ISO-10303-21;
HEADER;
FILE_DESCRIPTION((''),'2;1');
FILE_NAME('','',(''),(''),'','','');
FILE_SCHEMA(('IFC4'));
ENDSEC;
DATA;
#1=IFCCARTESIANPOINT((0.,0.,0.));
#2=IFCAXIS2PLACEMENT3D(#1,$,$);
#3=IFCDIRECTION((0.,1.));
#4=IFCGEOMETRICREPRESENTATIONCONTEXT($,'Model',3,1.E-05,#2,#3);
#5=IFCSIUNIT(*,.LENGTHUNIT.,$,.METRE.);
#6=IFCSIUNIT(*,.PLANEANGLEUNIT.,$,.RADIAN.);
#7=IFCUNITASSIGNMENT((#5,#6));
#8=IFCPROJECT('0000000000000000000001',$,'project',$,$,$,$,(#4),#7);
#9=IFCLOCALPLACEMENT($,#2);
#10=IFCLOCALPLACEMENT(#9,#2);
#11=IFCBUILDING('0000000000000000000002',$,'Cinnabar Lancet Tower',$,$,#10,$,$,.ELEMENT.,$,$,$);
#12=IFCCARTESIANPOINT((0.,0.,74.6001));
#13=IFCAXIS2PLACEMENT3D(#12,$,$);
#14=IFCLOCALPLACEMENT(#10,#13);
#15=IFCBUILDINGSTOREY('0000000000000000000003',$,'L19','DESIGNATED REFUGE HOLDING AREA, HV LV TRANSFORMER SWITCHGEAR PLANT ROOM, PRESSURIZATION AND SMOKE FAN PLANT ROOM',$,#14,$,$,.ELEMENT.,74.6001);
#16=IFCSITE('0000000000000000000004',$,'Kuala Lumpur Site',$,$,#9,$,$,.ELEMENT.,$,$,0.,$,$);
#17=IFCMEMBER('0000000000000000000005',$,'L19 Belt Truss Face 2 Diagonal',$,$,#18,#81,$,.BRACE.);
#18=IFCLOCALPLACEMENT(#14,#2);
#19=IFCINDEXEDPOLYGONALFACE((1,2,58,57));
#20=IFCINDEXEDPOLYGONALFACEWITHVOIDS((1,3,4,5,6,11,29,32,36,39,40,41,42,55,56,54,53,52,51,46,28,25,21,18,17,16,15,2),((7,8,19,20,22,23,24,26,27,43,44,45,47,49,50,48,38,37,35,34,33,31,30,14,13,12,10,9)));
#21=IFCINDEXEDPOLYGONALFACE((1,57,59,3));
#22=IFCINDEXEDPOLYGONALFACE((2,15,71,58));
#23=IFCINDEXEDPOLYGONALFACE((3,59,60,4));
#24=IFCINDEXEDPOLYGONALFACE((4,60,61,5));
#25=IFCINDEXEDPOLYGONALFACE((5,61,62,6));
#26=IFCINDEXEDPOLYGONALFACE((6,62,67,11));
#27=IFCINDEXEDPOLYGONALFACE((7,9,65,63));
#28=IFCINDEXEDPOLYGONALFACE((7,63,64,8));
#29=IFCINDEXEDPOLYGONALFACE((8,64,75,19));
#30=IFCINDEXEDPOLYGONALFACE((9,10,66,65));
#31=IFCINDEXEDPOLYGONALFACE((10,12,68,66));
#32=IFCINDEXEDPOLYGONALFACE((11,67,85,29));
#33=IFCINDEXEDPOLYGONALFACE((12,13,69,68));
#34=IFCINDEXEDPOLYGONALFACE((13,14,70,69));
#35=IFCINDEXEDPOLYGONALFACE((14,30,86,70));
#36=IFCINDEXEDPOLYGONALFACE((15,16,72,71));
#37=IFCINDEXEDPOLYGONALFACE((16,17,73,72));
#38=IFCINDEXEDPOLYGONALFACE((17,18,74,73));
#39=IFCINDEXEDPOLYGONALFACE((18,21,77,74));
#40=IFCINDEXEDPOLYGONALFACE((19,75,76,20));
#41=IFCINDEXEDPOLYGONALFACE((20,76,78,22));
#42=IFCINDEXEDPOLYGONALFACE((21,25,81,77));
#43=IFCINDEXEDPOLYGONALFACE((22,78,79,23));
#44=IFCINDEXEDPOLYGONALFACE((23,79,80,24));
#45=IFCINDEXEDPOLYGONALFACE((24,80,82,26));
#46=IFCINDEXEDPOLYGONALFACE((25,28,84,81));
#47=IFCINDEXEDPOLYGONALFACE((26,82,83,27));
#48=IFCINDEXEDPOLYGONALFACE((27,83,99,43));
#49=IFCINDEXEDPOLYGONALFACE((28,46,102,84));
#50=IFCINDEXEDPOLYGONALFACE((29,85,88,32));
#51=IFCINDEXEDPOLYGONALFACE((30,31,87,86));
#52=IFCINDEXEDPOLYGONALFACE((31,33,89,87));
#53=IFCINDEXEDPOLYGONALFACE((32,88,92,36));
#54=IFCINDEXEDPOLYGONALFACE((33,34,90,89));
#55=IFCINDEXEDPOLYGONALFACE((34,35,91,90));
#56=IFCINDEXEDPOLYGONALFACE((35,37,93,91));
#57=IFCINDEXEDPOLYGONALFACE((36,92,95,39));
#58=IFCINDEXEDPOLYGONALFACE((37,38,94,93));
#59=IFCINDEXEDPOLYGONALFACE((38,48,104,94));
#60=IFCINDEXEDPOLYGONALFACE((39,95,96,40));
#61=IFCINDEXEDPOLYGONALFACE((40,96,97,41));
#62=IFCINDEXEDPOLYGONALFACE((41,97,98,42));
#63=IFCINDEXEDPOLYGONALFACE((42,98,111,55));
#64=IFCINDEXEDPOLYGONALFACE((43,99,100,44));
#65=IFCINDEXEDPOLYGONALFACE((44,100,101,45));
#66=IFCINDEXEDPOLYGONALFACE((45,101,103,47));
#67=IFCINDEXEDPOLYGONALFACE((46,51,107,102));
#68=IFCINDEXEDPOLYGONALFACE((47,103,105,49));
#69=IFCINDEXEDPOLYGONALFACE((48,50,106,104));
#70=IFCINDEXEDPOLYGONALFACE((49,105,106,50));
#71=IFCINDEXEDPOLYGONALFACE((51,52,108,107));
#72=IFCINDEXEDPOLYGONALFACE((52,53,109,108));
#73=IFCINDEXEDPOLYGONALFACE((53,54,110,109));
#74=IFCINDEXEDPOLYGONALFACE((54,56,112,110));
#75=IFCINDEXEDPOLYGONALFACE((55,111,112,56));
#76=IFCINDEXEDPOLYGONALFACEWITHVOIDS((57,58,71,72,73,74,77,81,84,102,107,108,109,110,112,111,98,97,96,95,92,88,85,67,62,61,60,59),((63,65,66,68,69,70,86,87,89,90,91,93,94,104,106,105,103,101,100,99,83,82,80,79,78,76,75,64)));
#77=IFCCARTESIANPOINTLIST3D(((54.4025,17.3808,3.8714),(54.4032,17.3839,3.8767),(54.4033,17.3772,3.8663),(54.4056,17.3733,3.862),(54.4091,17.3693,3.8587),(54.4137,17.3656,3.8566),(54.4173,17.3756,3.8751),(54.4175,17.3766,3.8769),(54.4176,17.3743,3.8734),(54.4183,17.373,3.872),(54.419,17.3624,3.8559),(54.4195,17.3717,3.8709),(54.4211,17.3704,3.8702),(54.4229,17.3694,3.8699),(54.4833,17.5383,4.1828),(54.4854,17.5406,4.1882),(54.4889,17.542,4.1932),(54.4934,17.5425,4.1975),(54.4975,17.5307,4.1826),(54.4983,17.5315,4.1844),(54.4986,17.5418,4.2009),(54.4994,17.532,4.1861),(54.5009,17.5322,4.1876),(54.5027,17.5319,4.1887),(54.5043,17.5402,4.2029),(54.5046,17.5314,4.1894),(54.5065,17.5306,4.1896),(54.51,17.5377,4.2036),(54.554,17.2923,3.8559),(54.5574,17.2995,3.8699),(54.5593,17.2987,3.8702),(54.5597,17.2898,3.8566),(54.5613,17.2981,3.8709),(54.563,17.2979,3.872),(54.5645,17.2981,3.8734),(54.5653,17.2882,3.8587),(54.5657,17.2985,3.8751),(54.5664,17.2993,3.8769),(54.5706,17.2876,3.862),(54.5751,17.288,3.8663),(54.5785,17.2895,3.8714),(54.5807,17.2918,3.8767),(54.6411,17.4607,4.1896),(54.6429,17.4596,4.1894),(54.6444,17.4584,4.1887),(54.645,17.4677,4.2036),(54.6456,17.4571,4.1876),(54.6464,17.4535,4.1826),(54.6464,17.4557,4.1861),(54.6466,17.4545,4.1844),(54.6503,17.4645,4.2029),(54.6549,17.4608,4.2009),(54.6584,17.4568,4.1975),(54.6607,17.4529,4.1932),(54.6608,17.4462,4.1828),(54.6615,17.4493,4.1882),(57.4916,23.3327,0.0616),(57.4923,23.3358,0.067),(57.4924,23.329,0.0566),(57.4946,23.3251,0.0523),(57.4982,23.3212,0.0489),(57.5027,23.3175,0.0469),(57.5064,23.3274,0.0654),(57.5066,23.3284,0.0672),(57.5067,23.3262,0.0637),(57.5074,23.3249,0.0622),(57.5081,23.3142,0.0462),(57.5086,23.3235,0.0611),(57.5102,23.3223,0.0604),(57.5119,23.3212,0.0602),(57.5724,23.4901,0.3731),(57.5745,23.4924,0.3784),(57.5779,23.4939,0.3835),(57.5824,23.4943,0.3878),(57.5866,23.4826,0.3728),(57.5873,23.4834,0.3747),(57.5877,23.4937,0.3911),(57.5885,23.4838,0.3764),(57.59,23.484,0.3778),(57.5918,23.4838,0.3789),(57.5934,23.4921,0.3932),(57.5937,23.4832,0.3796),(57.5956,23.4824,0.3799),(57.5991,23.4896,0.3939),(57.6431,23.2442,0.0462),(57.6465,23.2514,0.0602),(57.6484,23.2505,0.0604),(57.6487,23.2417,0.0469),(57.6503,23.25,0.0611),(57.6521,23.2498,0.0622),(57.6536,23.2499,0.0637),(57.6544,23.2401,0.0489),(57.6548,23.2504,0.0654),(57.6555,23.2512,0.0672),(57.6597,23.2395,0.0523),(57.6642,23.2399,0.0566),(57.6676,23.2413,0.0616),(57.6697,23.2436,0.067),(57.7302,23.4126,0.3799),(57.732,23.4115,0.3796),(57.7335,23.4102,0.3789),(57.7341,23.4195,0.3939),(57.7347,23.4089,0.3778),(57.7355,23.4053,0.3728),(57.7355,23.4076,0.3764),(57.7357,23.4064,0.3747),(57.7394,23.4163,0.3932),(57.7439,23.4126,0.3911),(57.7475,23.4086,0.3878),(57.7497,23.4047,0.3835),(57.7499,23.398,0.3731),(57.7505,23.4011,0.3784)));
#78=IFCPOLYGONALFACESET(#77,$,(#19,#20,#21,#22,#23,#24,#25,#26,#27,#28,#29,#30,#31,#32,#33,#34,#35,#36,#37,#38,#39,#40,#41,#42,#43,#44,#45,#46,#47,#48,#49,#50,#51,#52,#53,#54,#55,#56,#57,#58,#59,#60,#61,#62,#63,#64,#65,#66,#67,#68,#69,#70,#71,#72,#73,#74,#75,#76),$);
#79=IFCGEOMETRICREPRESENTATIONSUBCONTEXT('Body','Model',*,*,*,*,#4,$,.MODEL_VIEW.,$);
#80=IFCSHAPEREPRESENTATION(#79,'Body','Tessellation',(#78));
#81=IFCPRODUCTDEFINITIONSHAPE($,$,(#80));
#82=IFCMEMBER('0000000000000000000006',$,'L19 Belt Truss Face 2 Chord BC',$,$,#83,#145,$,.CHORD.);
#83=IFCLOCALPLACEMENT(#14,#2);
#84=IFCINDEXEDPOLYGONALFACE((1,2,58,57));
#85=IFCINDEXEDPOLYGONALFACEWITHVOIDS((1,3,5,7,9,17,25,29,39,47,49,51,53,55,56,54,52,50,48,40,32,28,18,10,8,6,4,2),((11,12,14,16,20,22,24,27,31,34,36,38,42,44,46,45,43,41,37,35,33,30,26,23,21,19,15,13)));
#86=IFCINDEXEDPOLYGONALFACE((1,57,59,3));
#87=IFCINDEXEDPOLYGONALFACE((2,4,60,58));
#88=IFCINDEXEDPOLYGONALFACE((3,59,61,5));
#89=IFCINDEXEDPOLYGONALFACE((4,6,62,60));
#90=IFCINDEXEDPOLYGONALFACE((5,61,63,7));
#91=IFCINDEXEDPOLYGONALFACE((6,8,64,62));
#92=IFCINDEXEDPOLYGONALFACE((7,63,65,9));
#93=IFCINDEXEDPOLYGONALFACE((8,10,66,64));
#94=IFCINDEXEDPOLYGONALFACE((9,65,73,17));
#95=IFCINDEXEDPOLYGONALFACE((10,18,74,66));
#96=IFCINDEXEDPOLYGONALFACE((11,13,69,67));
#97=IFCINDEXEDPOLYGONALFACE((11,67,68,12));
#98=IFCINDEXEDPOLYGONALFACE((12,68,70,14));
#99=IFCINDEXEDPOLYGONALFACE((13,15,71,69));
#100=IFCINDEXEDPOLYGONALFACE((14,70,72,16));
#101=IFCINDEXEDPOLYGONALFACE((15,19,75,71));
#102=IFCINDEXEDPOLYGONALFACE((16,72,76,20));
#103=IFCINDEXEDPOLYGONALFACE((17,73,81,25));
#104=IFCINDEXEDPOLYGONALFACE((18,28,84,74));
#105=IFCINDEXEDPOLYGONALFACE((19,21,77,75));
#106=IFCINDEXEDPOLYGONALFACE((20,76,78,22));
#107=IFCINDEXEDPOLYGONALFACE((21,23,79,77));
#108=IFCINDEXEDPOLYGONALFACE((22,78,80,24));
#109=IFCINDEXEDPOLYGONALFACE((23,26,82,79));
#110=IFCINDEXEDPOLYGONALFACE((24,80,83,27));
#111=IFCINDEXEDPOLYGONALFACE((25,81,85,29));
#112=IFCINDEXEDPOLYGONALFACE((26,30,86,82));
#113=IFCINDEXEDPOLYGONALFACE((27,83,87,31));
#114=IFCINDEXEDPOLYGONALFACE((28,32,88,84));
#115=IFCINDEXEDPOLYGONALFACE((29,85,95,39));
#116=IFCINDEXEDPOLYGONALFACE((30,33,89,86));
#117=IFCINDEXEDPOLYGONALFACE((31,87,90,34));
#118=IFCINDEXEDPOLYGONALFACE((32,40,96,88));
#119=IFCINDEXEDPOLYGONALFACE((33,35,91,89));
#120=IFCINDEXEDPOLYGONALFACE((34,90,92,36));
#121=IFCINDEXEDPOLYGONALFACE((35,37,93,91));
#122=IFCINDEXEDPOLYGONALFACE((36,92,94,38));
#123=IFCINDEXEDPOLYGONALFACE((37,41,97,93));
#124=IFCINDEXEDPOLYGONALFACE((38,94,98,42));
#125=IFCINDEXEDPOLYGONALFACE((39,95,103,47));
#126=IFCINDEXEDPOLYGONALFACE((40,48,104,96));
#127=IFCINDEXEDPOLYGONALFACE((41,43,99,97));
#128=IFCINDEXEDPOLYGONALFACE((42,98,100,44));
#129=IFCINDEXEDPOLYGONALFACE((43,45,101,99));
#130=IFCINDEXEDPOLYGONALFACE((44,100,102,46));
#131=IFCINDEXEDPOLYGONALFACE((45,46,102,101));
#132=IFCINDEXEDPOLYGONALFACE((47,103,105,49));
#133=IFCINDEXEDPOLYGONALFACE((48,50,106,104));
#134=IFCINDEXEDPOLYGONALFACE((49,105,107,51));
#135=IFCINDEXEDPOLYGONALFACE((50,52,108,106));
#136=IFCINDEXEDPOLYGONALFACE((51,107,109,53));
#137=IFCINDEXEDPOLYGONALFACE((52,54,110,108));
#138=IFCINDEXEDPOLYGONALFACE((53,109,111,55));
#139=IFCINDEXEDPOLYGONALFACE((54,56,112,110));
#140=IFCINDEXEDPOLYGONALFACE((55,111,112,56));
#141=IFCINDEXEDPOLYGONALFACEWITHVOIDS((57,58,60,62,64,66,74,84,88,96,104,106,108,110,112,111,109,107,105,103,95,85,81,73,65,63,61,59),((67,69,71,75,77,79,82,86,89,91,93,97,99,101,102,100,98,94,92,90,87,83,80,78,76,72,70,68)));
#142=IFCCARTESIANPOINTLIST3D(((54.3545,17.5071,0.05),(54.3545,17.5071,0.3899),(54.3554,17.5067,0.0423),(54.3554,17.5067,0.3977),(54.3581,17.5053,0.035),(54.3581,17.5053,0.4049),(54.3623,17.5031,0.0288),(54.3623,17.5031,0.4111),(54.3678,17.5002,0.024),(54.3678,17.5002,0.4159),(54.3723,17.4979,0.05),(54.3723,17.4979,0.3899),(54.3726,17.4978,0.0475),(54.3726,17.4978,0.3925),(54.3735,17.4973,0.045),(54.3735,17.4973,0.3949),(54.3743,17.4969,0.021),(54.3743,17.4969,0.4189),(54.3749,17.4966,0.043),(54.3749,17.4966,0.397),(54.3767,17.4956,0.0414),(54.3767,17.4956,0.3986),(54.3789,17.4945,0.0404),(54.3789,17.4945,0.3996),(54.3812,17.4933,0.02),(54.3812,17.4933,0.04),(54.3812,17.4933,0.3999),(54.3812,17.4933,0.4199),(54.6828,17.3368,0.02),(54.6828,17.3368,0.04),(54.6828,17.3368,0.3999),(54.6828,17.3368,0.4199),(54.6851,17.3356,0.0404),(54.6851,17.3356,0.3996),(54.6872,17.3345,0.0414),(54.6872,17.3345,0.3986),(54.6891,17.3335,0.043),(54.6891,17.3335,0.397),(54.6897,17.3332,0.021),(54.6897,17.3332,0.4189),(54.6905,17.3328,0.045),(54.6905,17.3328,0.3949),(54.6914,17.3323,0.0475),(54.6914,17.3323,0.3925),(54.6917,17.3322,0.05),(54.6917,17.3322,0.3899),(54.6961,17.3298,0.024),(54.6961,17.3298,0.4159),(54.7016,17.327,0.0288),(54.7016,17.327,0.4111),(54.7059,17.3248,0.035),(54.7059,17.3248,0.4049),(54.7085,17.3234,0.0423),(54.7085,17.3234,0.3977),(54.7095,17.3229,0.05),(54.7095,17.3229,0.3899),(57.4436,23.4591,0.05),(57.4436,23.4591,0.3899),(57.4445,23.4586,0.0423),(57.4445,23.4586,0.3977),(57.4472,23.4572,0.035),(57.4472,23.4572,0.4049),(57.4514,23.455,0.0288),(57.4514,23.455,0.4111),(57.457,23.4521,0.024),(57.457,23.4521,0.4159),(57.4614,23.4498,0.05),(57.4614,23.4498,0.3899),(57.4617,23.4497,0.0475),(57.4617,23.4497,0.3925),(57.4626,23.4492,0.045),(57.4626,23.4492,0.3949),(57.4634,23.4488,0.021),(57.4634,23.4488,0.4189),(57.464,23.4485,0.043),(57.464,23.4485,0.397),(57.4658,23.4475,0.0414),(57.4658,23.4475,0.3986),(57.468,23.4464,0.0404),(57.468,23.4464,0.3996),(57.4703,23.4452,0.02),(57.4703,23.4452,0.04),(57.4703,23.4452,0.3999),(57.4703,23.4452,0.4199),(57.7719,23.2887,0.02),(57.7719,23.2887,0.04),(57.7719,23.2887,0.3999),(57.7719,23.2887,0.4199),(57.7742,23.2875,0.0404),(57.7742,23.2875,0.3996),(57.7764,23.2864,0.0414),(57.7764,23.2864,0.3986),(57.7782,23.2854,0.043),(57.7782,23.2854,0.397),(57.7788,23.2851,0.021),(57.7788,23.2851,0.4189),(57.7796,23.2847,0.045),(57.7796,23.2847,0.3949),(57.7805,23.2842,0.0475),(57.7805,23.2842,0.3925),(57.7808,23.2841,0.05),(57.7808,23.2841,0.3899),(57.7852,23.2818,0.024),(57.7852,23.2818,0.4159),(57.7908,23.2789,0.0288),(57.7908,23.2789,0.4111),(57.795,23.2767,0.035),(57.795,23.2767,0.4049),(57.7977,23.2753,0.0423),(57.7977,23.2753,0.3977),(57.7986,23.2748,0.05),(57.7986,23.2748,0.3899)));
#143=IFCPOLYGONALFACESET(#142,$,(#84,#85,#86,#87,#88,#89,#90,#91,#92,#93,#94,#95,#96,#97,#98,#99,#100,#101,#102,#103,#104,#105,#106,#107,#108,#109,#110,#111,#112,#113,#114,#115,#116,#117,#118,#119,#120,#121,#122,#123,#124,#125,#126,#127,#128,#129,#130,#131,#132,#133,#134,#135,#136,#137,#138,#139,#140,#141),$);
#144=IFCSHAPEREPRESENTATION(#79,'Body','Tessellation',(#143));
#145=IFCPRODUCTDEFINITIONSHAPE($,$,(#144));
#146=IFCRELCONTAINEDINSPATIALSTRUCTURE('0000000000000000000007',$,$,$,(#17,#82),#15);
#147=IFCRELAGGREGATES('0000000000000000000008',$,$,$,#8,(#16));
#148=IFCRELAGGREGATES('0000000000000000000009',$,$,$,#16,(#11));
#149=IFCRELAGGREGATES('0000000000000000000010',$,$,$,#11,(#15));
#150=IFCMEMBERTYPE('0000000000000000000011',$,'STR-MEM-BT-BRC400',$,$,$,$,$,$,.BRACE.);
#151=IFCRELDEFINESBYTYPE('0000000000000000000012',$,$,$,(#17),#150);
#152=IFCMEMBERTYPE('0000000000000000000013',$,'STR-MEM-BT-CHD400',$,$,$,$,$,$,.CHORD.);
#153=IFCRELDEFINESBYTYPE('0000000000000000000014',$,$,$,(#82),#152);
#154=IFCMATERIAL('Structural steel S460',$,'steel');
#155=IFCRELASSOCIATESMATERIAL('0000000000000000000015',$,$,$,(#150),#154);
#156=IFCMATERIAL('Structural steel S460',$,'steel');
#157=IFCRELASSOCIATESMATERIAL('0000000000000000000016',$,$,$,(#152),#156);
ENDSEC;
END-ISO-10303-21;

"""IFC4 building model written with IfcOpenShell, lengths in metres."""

from ifc_helpers import new_model, si_unit, direction, frame, origin, origin_2d, place, context, subcontext, project, spatial, hollow_rectangle, extrude, material, material_profile, profile_set, type_object, element, save


model = new_model("IFC4")

# Units and contexts
model_context = context("Model", 3, precision=1e-05, world=origin(), true_north=direction((0.0, 1.0)))
body_context = subcontext(model_context, "Body", "Model", "MODEL_VIEW")
ifc_project = project(units=[si_unit("LENGTHUNIT", "METRE"), si_unit("PLANEANGLEUNIT", "RADIAN")], contexts=[model_context])

# Site, building, storey
site_placement = place(None, origin())
site = spatial("IfcSite", under=ifc_project, at=site_placement, Name="Kuala Lumpur Site", CompositionType="ELEMENT", RefElevation=0.0)
building_placement = place(site_placement, origin())
building = spatial("IfcBuilding", under=site, at=building_placement, Name="Cinnabar Lancet Tower", CompositionType="ELEMENT")
storey_placement = place(building_placement, frame((0.0, 0.0, 74.6001)))
storey = spatial("IfcBuildingStorey", under=building, at=storey_placement, Name="L19", Description="DESIGNATED REFUGE HOLDING AREA, HV LV TRANSFORMER SWITCHGEAR PLANT ROOM, PRESSURIZATION AND SMOKE FAN PLANT ROOM", CompositionType="ELEMENT", Elevation=74.6001)

# Members
ifc_material_1 = material(Name="Structural steel S460", Category="steel")
ifc_material_profile_1 = material_profile(ifc_material_1, hollow_rectangle(XDim=0.2, YDim=0.3999, WallThickness=0.0161, InnerFilletRadius=0.0081, OuterFilletRadius=0.0239, at=origin_2d()), Name="RHS 400x200x16")
ifc_profile_set_1 = profile_set([ifc_material_profile_1], Name="Structural steel S460")
member_type_1 = type_object("IfcMemberType", Name="STR-MEM-BT-BRC400", PredefinedType="BRACE", material=ifc_profile_set_1)
member_placement = place(storey_placement, frame((54.532, 17.415, 4.0298), z_axis=(0.400534, 0.771723, -0.49398), x_axis=(-0.887575, 0.460663, 0.0)))
element("IfcMember", 1, at=member_placement, inside=storey, type_object=member_type_1, Name="L19 Belt Truss Face 2 Diagonal", PredefinedType="BRACE", context=body_context, shape_type="SweptSolid", body=[
    extrude(hollow_rectangle(XDim=0.2, YDim=0.3999, WallThickness=0.0161, InnerFilletRadius=0.0081, OuterFilletRadius=0.0239, at=origin_2d()), origin(), (0.0, 0.0, 1.0), 7.7124),
])
ifc_material_2 = material(Name="Structural steel S460", Category="steel")
ifc_material_profile_2 = material_profile(ifc_material_2, hollow_rectangle(XDim=0.3999, YDim=0.3999, WallThickness=0.02, InnerFilletRadius=0.01, OuterFilletRadius=0.03, at=origin_2d()), Name="SHS 400x400x20")
ifc_profile_set_2 = profile_set([ifc_material_profile_2], Name="Structural steel S460")
member_type_2 = type_object("IfcMemberType", Name="STR-MEM-BT-CHD400", PredefinedType="CHORD", material=ifc_profile_set_2)
for number, where, z_axis, x_axis, name in (
    (2, (54.532, 17.415, 0.22), (0.460663, 0.887575, 0.0), (-0.887575, 0.460663, 0.0), "L19 Belt Truss Face 2 Chord BC"),
):
    element("IfcMember", number, at=place(storey_placement, frame(where, z_axis=z_axis, x_axis=x_axis)), inside=storey, type_object=member_type_2, Name=name, PredefinedType="CHORD", context=body_context, shape_type="SweptSolid", body=[
        extrude(hollow_rectangle(XDim=0.3999, YDim=0.3999, WallThickness=0.02, InnerFilletRadius=0.01, OuterFilletRadius=0.03, at=origin_2d()), origin(), (0.0, 0.0, 1.0), 6.7058),
    ])

save(model, "model.ifc")
